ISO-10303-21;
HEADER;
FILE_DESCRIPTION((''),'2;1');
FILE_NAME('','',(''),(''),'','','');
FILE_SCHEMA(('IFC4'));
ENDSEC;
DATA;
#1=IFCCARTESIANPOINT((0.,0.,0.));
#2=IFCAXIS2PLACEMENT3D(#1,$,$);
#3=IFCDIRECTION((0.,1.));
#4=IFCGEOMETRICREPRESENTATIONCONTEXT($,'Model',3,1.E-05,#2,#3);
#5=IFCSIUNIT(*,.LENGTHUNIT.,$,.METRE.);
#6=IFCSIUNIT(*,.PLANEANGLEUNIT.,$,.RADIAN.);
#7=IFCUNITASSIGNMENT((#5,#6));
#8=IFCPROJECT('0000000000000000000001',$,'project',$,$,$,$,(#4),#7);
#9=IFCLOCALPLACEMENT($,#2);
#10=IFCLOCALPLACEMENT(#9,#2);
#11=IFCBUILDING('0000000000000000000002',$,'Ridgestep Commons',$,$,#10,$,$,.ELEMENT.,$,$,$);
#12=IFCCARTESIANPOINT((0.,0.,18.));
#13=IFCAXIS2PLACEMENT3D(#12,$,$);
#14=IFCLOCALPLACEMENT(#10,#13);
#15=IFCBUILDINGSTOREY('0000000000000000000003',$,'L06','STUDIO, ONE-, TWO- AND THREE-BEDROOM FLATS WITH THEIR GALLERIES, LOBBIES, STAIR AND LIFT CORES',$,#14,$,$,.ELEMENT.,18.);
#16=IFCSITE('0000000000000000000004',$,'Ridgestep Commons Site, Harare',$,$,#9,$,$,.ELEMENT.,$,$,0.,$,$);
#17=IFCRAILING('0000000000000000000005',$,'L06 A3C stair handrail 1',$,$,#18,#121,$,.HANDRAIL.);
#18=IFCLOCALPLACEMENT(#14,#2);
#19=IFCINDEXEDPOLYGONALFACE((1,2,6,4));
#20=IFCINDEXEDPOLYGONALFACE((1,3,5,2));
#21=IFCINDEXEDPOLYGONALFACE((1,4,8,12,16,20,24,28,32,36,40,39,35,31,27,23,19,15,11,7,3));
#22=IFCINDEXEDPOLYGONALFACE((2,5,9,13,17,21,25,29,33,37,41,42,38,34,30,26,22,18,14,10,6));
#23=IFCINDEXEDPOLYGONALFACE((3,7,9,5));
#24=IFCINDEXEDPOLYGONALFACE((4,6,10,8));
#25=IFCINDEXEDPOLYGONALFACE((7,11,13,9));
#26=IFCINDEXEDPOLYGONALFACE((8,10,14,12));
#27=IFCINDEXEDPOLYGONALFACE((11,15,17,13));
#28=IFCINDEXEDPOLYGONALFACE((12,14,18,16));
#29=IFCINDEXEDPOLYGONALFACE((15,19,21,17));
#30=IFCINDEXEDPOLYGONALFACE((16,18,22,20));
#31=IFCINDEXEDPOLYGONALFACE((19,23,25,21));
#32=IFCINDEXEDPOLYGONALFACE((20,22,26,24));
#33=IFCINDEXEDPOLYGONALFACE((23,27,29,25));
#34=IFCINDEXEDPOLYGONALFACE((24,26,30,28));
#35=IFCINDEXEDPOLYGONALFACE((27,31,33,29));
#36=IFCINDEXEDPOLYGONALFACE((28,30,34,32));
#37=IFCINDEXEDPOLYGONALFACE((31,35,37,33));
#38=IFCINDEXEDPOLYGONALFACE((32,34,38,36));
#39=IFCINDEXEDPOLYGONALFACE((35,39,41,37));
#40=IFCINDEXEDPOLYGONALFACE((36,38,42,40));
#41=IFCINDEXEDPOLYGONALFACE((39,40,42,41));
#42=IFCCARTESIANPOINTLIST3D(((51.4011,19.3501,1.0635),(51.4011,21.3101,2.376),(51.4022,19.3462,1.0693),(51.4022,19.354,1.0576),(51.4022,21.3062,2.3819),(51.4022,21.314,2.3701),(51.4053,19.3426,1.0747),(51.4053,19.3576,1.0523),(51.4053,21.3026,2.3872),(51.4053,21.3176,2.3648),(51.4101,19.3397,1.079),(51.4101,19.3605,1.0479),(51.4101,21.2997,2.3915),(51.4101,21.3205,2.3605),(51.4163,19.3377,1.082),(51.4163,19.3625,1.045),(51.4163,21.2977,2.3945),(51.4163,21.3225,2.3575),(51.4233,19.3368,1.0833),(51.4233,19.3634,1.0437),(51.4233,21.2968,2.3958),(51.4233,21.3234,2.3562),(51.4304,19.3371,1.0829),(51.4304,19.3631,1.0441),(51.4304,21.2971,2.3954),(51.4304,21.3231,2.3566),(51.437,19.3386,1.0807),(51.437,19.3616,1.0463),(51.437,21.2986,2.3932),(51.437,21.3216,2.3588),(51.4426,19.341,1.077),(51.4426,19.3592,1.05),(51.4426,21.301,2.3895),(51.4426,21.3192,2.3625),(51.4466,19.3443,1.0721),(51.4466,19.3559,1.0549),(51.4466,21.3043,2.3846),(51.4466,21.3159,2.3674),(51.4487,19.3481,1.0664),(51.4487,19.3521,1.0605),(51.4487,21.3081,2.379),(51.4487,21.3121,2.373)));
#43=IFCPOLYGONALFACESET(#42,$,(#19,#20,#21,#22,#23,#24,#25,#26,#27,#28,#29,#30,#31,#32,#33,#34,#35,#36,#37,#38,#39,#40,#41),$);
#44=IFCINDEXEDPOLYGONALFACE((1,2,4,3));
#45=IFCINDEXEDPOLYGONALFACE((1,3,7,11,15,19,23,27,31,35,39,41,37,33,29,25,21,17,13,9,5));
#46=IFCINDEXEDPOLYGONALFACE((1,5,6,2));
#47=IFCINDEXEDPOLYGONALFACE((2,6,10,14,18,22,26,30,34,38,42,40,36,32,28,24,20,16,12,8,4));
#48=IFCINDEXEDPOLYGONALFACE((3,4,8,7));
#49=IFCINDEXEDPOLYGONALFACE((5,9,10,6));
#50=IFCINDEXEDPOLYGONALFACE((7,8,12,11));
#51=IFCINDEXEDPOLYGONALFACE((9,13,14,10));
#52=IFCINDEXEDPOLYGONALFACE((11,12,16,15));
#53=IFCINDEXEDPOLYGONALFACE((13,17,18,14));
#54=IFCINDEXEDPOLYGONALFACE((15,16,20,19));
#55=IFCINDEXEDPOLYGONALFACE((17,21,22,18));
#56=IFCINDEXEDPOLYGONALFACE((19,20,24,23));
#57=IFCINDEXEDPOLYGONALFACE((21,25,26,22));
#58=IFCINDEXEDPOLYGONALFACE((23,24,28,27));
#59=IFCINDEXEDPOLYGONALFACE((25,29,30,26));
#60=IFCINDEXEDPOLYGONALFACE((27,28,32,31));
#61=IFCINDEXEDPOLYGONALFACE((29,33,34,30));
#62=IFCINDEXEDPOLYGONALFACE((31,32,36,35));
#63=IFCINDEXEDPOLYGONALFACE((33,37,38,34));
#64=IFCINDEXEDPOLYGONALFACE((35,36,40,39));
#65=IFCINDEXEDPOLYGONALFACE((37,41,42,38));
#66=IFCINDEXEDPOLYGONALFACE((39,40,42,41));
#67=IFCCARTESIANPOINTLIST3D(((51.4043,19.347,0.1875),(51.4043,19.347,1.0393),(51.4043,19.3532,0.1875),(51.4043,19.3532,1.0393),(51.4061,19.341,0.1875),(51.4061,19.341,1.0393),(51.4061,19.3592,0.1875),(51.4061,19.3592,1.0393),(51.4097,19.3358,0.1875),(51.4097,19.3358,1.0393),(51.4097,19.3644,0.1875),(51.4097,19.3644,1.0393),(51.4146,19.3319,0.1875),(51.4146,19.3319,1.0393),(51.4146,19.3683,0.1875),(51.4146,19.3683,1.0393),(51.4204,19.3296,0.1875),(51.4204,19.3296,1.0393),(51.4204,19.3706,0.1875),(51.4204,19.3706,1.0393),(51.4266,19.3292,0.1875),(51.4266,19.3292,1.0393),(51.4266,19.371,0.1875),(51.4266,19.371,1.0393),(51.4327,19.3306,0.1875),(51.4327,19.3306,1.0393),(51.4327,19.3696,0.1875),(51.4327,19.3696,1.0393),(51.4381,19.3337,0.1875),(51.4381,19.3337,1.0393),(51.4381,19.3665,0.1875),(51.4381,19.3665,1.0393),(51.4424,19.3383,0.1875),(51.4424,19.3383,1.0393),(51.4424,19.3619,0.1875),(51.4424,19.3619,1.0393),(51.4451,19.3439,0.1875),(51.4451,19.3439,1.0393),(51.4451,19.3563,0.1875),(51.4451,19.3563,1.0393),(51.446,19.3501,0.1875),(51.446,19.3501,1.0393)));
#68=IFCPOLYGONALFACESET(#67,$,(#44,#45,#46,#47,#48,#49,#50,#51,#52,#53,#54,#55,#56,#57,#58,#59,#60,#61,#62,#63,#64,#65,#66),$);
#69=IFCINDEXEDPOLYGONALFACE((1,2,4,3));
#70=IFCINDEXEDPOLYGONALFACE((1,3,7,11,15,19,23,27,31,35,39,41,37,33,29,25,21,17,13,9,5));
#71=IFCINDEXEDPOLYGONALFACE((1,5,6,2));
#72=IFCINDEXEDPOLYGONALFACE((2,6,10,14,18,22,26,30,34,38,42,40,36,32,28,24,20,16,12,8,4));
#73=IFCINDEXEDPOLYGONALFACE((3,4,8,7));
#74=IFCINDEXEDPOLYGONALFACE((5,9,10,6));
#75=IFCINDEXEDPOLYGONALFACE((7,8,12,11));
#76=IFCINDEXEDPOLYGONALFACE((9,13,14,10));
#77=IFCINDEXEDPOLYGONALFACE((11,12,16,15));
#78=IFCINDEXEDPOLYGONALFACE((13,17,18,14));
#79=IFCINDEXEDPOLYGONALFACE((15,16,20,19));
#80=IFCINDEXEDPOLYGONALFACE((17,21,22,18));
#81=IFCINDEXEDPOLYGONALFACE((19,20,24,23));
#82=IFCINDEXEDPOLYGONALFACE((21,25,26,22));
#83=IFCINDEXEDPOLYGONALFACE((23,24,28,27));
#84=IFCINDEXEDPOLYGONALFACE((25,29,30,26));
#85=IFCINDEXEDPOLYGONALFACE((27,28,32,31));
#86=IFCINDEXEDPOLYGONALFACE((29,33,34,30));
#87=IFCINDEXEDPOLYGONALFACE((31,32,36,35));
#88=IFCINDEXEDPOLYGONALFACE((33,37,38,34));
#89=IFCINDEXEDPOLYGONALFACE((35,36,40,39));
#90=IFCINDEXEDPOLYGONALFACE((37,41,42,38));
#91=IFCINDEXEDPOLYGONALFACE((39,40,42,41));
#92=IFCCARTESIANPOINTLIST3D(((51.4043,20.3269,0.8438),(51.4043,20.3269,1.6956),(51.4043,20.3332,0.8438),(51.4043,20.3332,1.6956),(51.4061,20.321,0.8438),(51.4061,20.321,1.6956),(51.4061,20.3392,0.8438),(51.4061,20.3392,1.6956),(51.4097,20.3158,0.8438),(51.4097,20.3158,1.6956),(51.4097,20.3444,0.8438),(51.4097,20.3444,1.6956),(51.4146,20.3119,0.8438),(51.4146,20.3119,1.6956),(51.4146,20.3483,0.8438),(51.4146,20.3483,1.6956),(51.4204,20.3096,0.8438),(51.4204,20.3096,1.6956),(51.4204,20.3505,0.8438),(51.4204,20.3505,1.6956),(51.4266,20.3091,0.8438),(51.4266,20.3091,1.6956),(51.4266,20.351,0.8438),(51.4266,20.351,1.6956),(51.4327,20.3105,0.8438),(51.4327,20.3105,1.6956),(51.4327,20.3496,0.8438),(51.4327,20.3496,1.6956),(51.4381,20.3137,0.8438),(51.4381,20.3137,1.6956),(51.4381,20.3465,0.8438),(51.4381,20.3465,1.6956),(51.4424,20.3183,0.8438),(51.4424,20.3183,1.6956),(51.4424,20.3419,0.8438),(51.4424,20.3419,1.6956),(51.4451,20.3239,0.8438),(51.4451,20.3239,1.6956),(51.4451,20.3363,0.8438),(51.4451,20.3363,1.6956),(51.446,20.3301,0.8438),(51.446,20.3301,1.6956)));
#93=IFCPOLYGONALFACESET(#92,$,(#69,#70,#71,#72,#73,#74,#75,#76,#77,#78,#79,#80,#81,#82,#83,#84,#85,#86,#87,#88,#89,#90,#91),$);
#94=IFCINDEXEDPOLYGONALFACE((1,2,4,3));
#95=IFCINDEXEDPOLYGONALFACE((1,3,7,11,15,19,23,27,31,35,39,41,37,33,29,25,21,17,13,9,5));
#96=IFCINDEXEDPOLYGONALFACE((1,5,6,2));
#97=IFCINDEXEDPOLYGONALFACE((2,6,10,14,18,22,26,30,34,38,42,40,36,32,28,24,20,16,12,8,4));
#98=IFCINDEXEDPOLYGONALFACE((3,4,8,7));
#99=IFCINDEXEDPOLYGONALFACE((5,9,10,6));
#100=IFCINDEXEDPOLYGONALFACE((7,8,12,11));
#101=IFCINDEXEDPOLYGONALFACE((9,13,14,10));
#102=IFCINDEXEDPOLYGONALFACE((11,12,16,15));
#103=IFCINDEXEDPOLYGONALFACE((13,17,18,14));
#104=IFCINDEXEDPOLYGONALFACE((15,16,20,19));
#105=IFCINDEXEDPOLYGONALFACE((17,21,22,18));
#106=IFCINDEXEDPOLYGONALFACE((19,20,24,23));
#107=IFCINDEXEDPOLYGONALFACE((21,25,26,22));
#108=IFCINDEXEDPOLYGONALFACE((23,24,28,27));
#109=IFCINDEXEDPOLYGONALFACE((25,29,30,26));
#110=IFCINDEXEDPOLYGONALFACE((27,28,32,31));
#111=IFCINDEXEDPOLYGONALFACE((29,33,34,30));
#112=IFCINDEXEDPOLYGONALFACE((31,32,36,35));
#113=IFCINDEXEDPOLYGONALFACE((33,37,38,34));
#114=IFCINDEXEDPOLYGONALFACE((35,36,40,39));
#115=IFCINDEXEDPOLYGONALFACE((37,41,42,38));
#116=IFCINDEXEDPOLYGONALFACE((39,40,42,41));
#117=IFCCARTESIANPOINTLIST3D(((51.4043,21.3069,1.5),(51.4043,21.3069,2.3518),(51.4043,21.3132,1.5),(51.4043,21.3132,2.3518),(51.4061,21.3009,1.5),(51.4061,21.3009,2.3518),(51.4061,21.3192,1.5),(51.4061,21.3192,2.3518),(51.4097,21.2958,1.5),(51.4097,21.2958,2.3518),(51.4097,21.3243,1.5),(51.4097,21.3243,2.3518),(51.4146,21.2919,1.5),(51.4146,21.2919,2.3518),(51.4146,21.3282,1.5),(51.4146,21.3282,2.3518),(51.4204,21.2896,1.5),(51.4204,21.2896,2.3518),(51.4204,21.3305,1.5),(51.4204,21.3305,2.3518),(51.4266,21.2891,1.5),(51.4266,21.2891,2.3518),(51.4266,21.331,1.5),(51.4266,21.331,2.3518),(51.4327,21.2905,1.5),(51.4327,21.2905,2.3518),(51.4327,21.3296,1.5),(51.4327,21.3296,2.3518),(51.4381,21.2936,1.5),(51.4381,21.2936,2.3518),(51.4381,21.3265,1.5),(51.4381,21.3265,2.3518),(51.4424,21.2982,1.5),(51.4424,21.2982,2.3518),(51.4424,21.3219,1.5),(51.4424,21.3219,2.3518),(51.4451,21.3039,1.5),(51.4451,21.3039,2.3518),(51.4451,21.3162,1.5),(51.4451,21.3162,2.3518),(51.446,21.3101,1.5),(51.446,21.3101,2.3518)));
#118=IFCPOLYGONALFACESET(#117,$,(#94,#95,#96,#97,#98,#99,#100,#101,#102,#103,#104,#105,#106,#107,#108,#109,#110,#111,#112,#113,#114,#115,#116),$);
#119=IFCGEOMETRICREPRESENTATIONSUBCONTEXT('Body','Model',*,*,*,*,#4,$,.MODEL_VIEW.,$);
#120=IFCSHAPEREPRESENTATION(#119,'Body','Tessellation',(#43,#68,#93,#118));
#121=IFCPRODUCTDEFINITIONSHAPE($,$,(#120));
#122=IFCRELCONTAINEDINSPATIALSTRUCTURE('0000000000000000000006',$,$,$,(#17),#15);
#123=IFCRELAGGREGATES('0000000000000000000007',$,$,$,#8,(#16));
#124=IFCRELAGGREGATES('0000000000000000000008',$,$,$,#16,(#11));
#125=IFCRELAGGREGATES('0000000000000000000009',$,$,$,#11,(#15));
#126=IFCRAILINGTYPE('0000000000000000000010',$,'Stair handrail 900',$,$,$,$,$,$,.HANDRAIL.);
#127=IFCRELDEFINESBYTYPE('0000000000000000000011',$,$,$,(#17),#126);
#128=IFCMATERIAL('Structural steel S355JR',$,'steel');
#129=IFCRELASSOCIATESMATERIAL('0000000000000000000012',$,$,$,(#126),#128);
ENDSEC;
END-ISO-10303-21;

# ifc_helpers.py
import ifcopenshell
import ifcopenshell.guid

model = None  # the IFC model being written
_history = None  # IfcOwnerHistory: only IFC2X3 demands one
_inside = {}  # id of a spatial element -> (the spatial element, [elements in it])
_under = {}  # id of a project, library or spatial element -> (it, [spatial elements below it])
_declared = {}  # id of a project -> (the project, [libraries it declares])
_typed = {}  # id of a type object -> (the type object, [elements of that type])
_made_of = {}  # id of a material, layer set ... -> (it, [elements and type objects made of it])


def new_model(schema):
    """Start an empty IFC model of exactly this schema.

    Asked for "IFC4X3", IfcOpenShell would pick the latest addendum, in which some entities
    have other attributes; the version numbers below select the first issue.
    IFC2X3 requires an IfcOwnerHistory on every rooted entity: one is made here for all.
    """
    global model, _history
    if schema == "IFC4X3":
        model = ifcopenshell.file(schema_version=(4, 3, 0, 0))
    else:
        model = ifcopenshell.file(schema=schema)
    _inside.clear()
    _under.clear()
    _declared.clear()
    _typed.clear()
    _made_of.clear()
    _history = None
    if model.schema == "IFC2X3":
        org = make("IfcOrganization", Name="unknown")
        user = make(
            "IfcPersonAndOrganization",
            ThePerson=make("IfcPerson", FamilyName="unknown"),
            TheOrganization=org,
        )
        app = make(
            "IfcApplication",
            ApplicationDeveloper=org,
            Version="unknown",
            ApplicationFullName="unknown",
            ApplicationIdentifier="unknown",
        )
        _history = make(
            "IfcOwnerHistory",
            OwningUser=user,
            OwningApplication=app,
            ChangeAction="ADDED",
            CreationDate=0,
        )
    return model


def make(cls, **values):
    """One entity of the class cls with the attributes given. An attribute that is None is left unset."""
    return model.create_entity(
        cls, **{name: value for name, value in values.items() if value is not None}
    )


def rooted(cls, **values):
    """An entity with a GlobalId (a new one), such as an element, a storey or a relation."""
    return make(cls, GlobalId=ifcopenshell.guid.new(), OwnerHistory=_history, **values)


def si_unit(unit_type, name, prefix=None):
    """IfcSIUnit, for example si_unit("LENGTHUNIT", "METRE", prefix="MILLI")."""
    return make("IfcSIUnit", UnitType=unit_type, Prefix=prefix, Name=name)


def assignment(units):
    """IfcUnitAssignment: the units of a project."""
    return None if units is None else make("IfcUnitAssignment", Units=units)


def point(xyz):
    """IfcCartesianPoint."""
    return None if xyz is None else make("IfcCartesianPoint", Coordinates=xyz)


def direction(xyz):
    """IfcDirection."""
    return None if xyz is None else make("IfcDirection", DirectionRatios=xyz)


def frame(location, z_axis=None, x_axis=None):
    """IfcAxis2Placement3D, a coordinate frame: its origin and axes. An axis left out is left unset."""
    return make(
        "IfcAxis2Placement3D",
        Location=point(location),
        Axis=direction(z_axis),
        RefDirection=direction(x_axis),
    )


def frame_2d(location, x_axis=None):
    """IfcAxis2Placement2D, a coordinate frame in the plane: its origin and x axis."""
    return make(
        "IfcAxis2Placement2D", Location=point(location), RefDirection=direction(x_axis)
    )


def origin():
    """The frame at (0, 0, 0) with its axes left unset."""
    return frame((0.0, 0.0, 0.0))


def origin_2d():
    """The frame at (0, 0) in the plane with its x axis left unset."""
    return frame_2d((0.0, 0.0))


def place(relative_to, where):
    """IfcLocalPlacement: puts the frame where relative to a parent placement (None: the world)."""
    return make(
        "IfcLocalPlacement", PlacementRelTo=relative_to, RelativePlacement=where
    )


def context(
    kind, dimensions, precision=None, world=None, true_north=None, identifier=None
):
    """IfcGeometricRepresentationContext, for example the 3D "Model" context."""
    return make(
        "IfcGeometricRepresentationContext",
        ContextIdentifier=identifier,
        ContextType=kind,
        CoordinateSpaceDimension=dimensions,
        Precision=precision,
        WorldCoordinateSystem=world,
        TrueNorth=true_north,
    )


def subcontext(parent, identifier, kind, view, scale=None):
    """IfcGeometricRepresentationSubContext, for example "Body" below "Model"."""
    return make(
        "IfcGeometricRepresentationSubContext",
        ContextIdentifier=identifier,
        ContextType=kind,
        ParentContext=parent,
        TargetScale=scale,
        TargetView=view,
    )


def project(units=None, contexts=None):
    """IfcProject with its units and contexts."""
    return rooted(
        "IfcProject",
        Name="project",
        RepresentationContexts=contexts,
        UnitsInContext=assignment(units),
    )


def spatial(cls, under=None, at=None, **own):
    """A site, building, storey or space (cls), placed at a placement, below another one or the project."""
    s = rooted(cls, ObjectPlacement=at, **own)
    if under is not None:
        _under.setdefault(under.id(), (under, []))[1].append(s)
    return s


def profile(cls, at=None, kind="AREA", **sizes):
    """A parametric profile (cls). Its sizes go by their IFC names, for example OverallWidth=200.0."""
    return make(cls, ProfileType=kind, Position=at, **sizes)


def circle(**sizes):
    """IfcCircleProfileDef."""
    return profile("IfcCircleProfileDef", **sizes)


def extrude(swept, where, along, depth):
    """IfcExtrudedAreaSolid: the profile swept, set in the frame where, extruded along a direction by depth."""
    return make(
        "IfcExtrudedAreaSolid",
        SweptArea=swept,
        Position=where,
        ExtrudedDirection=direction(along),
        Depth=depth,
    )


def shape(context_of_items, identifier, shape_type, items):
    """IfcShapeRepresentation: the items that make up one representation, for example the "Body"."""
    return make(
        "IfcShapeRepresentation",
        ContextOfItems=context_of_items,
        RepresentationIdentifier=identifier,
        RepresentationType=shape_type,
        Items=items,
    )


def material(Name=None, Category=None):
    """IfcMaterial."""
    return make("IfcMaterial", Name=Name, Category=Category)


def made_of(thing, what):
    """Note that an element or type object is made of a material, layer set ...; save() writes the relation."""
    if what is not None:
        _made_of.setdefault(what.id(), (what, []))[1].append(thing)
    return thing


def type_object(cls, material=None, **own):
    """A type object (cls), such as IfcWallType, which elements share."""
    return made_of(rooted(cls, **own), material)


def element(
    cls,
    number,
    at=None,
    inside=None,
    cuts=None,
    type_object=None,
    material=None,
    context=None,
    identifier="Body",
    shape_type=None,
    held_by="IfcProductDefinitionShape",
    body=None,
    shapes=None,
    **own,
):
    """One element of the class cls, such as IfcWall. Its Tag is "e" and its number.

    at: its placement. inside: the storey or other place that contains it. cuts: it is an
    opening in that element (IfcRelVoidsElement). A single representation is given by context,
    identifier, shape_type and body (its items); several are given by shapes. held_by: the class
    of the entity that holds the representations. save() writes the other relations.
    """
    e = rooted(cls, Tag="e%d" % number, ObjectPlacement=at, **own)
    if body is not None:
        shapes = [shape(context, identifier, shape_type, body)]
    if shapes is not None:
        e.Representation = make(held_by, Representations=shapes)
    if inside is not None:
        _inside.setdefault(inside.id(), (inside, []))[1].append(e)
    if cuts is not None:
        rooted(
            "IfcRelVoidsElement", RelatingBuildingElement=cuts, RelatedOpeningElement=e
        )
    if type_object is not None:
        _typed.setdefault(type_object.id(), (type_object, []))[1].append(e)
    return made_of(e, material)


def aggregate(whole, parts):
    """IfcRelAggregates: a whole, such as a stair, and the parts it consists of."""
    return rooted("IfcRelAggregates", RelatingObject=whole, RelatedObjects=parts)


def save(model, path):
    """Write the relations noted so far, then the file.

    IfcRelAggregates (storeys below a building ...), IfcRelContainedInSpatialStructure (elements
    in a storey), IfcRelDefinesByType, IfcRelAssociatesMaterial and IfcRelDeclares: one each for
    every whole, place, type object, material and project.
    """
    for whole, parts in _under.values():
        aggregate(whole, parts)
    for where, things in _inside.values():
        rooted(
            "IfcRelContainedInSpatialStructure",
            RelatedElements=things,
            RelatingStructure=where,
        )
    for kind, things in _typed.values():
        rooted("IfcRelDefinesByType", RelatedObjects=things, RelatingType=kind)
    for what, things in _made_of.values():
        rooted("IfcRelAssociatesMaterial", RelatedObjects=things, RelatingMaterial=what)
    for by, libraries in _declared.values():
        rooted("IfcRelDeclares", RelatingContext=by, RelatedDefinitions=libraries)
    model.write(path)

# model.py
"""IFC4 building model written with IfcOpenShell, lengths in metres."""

from ifc_helpers import new_model, si_unit, direction, frame, origin, origin_2d, place, context, subcontext, project, spatial, circle, extrude, material, type_object, element, save


model = new_model("IFC4")

# Units and contexts
model_context = context("Model", 3, precision=1e-05, world=origin(), true_north=direction((0.0, 1.0)))
body_context = subcontext(model_context, "Body", "Model", "MODEL_VIEW")
ifc_project = project(units=[si_unit("LENGTHUNIT", "METRE"), si_unit("PLANEANGLEUNIT", "RADIAN")], contexts=[model_context])

# Site, building, storey
site_placement = place(None, origin())
site = spatial("IfcSite", under=ifc_project, at=site_placement, Name="Ridgestep Commons Site, Harare", CompositionType="ELEMENT", RefElevation=0.0)
building_placement = place(site_placement, origin())
building = spatial("IfcBuilding", under=site, at=building_placement, Name="Ridgestep Commons", CompositionType="ELEMENT")
storey_placement = place(building_placement, frame((0.0, 0.0, 18.0)))
storey = spatial("IfcBuildingStorey", under=building, at=storey_placement, Name="L06", Description="STUDIO, ONE-, TWO- AND THREE-BEDROOM FLATS WITH THEIR GALLERIES, LOBBIES, STAIR AND LIFT CORES", CompositionType="ELEMENT", Elevation=18.0)

# Railing
ifc_material_1 = material(Name="Structural steel S355JR", Category="steel")
railing_type_1 = type_object("IfcRailingType", Name="Stair handrail 900", PredefinedType="HANDRAIL", material=ifc_material_1)
for number, where, name in (
    (1, (51.425, 19.3501, 0.1875), "L06 A3C stair handrail 1"),
):
    element("IfcRailing", number, at=place(storey_placement, frame(where)), inside=storey, type_object=railing_type_1, Name=name, PredefinedType="HANDRAIL", context=body_context, shape_type="SweptSolid", body=[
        extrude(circle(Radius=0.0239, at=origin_2d()), frame((0.0, 0.0, 0.876), z_axis=(0.0, 0.830902, 0.556419), x_axis=(-1.0, 0.0, 0.0)), (0.0, 0.0, 1.0), 2.3589),
        extrude(circle(Radius=0.021, at=origin_2d()), origin(), (0.0, 0.0, 1.0), 0.8518),
        extrude(circle(Radius=0.021, at=origin_2d()), frame((0.0, 0.98, 0.6562)), (0.0, 0.0, 1.0), 0.8518),
        extrude(circle(Radius=0.021, at=origin_2d()), frame((0.0, 1.96, 1.3125)), (0.0, 0.0, 1.0), 0.8518),
    ])

save(model, "model.ifc")
